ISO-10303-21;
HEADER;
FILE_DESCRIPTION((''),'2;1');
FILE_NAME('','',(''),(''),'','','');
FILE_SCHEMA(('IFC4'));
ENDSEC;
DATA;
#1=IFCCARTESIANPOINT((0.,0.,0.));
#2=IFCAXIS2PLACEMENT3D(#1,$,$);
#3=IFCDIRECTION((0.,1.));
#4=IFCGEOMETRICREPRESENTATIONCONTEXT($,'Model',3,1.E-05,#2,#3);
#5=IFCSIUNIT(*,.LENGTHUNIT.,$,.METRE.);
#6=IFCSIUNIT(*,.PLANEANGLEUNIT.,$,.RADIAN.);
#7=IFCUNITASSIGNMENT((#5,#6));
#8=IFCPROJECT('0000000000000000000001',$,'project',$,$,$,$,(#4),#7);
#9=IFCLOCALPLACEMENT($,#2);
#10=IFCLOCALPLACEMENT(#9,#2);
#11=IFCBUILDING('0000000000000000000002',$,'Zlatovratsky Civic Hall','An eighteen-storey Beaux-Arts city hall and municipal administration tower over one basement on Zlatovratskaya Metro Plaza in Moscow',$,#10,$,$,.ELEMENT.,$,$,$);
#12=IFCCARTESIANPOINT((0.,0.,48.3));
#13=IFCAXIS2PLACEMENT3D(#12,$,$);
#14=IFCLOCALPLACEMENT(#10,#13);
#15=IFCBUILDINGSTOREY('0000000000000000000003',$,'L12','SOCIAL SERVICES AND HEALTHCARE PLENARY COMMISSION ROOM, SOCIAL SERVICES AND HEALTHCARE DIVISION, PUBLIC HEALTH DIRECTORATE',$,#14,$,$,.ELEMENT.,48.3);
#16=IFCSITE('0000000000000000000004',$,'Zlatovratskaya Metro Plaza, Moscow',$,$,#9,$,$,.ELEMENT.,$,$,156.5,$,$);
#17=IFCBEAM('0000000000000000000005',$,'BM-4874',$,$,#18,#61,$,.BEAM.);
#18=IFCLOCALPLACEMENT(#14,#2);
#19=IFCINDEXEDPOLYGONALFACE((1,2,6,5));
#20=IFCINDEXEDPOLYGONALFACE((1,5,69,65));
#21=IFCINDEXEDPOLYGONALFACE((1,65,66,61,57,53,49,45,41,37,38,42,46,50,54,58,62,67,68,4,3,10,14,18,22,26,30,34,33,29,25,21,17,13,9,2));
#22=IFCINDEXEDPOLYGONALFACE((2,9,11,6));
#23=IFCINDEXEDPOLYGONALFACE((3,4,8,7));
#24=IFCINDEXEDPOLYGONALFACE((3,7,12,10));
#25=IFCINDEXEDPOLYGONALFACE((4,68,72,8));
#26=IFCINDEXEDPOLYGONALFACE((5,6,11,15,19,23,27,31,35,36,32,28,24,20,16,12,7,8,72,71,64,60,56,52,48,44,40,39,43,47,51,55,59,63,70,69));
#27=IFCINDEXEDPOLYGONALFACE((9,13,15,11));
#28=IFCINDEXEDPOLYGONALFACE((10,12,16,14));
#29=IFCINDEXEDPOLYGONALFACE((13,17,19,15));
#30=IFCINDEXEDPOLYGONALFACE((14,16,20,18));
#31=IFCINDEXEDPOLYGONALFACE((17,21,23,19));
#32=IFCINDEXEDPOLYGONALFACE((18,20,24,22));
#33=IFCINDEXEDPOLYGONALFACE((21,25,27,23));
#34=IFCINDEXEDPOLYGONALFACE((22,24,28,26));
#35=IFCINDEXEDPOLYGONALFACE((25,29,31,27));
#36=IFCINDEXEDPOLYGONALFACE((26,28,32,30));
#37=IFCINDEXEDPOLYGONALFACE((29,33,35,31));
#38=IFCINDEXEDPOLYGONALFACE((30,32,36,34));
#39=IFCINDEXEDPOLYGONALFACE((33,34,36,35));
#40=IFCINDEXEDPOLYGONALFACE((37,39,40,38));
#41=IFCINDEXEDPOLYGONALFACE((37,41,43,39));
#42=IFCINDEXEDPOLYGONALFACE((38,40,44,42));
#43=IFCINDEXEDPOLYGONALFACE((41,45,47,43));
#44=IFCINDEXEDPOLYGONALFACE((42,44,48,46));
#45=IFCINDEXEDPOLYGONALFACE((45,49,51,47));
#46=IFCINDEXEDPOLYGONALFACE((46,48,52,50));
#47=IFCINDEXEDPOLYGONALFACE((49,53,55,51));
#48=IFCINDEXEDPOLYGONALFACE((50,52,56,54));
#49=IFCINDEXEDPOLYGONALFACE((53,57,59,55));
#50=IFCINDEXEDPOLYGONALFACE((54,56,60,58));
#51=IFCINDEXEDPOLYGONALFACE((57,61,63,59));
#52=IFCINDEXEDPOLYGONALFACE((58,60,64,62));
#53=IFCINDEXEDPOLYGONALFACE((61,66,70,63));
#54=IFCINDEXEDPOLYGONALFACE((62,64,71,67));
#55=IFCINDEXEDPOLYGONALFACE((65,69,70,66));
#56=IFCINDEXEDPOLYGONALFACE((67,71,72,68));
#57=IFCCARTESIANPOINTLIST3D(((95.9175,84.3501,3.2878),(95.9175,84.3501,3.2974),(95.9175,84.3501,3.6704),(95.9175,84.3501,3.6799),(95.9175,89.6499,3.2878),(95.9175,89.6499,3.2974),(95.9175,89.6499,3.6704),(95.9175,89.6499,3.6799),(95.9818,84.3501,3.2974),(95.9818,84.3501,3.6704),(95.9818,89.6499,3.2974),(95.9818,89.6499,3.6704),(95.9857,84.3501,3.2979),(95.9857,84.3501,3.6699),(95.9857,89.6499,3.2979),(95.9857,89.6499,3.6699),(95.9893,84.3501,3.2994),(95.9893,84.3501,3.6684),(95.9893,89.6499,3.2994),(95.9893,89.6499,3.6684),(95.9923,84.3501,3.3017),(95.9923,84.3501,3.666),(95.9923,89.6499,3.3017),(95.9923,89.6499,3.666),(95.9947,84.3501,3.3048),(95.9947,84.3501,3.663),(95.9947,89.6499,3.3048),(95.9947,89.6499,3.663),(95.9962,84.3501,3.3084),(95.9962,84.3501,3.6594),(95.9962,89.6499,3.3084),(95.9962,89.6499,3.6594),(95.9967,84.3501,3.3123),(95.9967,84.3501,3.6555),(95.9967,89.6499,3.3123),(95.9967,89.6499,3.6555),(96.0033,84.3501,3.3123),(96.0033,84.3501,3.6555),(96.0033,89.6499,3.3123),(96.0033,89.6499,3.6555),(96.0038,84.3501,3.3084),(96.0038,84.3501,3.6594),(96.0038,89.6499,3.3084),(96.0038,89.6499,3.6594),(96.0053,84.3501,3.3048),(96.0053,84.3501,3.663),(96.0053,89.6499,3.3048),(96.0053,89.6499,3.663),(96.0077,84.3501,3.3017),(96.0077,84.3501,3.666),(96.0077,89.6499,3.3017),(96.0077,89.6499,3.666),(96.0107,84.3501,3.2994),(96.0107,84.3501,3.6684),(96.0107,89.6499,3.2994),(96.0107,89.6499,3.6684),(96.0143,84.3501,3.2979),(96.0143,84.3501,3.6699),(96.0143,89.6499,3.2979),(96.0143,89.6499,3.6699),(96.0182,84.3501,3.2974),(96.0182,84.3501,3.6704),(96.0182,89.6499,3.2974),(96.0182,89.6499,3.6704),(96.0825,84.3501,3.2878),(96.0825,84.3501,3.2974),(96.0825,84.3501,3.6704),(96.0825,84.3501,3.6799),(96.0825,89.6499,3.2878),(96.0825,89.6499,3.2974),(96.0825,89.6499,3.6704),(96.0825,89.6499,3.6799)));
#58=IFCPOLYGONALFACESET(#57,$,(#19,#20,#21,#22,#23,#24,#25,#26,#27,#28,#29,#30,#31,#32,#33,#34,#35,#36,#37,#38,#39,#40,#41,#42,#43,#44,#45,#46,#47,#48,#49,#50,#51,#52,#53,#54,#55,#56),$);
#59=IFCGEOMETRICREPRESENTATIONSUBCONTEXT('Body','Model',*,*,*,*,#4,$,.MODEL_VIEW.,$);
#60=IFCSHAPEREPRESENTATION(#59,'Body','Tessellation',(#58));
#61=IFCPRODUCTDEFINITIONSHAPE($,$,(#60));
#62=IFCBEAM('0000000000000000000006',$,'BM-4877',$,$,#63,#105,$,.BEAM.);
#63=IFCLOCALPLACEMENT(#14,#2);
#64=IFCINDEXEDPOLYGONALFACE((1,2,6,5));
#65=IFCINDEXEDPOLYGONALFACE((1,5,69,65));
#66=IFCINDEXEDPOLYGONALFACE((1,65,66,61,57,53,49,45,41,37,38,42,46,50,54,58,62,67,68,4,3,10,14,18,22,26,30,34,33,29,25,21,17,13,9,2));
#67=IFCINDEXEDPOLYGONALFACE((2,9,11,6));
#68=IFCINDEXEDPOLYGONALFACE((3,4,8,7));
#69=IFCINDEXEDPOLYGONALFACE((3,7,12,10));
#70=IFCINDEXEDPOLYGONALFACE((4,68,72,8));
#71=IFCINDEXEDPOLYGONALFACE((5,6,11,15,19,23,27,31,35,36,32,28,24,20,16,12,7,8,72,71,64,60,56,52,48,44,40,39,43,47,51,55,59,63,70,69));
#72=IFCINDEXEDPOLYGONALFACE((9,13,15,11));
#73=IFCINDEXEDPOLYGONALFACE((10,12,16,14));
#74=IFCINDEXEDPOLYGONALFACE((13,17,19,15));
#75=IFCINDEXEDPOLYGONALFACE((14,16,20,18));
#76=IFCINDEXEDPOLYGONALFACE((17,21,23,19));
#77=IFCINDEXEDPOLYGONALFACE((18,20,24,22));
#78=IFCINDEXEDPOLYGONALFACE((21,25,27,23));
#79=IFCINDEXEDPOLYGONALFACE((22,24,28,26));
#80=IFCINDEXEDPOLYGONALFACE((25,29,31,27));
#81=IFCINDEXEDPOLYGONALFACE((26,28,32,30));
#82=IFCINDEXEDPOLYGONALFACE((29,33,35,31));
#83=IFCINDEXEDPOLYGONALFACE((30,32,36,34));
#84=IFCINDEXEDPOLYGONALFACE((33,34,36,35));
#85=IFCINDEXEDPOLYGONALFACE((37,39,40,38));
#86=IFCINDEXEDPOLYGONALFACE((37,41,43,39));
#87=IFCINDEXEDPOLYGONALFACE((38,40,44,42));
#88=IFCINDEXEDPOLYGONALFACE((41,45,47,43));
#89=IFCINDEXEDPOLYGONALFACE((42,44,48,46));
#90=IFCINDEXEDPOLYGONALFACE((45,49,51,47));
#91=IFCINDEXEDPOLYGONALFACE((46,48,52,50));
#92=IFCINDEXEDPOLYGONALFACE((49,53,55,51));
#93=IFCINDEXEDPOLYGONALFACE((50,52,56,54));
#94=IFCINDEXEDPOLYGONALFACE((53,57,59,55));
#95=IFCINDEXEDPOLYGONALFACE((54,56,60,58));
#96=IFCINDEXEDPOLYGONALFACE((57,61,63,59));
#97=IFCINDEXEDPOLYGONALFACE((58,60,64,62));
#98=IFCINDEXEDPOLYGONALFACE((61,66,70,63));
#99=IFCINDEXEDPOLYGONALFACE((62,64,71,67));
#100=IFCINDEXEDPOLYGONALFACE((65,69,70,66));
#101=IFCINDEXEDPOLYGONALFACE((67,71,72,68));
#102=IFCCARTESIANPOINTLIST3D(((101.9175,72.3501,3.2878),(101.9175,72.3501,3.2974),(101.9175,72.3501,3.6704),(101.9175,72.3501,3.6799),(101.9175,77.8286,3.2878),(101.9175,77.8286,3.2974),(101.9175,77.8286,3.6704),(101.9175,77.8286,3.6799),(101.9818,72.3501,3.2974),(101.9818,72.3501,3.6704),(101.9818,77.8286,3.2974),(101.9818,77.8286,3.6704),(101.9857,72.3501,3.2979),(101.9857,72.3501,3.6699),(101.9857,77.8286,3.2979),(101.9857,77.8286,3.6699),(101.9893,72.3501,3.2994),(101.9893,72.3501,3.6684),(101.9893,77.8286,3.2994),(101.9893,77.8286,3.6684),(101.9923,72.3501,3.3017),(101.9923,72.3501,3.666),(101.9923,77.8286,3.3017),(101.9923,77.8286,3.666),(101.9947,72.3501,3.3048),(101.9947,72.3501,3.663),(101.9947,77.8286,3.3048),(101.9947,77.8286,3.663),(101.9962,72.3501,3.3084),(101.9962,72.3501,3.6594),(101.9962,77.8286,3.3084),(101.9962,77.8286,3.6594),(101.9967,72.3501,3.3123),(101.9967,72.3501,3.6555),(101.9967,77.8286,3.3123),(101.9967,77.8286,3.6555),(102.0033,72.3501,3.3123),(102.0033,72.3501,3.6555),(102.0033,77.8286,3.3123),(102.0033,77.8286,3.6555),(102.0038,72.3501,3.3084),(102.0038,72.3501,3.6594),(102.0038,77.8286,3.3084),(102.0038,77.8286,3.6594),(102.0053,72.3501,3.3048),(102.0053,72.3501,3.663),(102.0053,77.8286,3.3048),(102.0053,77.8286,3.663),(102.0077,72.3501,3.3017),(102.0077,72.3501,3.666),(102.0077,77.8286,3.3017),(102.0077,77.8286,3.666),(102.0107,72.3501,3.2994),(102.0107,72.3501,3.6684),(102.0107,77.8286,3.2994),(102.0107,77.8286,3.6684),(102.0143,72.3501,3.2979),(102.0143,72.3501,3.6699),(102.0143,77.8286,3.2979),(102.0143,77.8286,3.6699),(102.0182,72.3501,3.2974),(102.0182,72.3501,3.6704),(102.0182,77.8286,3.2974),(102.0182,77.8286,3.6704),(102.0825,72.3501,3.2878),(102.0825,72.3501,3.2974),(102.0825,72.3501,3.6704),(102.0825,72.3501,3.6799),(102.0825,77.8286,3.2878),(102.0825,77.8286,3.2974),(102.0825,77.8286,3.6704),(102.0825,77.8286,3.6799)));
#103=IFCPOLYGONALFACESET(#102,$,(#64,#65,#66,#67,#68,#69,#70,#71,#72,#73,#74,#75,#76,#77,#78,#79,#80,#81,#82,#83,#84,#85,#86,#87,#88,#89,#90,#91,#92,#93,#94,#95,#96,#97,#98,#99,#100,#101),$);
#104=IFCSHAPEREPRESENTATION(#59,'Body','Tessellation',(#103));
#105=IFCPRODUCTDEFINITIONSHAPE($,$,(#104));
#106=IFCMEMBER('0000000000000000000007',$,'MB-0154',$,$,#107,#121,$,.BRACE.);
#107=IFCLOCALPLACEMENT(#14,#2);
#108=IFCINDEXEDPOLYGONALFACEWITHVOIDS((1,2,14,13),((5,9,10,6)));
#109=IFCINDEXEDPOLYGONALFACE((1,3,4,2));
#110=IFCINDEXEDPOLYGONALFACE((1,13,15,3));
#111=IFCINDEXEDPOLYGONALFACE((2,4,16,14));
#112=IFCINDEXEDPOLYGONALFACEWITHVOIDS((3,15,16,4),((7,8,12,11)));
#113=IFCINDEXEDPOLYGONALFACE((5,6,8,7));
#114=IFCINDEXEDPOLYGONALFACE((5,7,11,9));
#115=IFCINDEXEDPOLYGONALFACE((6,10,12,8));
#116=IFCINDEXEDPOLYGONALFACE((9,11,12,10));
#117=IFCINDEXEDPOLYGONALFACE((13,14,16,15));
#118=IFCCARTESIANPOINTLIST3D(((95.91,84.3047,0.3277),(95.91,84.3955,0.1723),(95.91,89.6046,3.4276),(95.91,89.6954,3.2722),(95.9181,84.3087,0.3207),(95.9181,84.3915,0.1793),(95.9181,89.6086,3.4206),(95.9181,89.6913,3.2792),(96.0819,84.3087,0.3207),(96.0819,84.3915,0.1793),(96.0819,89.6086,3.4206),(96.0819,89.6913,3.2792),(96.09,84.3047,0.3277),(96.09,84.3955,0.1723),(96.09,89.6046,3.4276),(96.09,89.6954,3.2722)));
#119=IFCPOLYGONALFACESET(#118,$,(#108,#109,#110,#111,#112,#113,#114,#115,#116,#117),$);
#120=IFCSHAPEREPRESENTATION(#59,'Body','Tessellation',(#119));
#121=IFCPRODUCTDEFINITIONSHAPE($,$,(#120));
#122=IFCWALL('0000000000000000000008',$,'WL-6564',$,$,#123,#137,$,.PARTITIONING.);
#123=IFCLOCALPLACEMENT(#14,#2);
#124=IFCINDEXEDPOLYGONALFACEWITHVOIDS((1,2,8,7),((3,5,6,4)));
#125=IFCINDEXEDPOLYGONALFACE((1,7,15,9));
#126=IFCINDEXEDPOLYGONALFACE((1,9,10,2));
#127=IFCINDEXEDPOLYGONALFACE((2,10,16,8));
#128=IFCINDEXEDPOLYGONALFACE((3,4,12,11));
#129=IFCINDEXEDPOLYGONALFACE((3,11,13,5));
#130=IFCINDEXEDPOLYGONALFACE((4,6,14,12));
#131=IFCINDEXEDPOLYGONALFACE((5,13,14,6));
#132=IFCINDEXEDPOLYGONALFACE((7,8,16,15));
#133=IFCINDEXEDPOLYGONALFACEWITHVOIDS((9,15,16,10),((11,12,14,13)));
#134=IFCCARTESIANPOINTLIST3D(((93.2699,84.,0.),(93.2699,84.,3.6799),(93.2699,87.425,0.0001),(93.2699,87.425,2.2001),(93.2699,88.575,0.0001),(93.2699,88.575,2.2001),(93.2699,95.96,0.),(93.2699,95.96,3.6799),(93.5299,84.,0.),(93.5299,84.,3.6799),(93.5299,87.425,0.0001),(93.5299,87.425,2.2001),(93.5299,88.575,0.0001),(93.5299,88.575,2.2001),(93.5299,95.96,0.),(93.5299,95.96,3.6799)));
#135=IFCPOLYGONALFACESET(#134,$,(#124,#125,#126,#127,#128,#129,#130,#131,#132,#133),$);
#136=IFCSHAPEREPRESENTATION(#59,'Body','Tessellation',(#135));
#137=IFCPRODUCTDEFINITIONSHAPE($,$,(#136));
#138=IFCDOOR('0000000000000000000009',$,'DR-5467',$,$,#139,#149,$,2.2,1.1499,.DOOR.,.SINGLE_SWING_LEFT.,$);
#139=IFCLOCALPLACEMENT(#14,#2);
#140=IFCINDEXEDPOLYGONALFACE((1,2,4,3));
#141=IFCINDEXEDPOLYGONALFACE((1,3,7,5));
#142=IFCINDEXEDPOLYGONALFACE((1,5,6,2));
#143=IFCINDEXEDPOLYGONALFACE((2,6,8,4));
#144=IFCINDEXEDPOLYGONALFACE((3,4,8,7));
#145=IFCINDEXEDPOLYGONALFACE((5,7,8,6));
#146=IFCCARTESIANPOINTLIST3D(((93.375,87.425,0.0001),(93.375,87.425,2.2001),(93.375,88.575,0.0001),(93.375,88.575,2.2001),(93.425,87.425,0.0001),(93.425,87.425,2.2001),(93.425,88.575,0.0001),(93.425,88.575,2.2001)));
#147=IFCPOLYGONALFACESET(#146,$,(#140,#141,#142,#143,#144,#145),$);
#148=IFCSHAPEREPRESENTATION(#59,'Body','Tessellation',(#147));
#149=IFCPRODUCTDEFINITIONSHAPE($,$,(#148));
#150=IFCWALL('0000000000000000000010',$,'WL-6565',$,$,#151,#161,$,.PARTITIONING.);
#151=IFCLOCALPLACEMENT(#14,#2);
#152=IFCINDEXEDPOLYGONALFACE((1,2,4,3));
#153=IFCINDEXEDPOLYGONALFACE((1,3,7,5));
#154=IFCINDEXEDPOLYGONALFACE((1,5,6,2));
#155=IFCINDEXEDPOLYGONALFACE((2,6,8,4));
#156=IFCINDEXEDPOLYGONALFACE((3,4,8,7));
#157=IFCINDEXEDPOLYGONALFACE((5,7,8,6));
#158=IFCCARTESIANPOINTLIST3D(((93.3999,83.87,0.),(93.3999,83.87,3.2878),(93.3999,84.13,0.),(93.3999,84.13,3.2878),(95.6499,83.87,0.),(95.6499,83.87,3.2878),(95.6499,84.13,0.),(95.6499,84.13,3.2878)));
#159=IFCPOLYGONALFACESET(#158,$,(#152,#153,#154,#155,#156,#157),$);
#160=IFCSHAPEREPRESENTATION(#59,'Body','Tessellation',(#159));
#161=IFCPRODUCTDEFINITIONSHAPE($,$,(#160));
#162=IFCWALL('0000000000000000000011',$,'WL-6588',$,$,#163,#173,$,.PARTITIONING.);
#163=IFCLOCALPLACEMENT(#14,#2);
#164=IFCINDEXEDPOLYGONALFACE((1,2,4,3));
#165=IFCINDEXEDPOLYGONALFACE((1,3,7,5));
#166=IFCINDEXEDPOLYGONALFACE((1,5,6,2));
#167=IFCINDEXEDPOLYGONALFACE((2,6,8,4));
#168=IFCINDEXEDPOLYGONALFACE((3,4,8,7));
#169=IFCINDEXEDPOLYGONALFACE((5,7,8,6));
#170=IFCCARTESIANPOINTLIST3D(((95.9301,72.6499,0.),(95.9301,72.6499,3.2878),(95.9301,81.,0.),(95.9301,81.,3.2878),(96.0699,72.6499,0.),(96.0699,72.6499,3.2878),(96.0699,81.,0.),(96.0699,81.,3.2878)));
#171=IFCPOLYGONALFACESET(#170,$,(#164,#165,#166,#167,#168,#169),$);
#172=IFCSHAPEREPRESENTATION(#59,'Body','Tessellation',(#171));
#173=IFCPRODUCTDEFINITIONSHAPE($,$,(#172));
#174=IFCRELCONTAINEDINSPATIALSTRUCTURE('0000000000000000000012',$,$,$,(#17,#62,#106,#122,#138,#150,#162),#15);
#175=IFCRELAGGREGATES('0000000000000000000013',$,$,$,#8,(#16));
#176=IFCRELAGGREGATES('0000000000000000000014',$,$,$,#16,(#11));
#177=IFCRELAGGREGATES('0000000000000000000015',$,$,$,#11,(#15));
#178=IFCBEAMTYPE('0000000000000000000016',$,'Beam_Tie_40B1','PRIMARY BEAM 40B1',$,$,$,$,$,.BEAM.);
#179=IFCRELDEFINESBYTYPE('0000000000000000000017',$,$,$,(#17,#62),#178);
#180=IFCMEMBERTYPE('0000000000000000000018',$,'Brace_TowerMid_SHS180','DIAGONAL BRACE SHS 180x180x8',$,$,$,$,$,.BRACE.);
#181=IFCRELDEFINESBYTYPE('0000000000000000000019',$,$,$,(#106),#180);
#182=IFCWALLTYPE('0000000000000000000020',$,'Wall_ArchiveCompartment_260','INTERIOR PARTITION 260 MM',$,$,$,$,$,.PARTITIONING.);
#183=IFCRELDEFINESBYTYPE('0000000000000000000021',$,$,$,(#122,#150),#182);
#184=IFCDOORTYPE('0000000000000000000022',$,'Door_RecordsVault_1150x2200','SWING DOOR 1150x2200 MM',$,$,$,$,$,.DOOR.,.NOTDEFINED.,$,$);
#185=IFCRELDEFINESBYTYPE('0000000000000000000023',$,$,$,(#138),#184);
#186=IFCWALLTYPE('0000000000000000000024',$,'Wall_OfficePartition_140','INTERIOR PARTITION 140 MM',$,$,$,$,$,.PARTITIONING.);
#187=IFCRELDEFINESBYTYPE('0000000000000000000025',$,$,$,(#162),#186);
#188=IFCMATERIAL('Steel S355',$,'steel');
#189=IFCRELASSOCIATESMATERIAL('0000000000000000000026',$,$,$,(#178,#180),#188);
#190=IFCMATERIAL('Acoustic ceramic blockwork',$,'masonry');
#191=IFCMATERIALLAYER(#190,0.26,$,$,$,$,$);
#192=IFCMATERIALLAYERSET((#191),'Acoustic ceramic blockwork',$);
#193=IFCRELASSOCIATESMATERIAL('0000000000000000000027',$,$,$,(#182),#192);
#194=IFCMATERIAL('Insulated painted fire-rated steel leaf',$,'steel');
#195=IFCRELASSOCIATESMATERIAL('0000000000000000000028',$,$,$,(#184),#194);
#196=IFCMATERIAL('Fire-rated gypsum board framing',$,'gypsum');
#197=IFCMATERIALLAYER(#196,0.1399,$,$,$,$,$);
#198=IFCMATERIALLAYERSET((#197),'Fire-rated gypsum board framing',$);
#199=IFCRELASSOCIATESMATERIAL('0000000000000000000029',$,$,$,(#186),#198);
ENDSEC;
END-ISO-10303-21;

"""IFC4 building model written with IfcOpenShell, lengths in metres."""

from ifc_helpers import new_model, si_unit, direction, frame, frame_2d, origin, origin_2d, place, context, subcontext, project, spatial, rectangle, hollow_rectangle, i_section, extrude, material, layer, layer_set, material_profile, profile_set, type_object, element, fill, save


model = new_model("IFC4")

# Units and contexts
model_context = context("Model", 3, precision=1e-05, world=origin(), true_north=direction((0.0, 1.0)))
body_context = subcontext(model_context, "Body", "Model", "MODEL_VIEW")
ifc_project = project(units=[si_unit("LENGTHUNIT", "METRE"), si_unit("PLANEANGLEUNIT", "RADIAN")], contexts=[model_context])

# Site, building, storey
site_placement = place(None, origin())
site = spatial("IfcSite", under=ifc_project, at=site_placement, Name="Zlatovratskaya Metro Plaza, Moscow", CompositionType="ELEMENT", RefElevation=156.5)
building_placement = place(site_placement, origin())
building = spatial("IfcBuilding", under=site, at=building_placement, Name="Zlatovratsky Civic Hall", Description="An eighteen-storey Beaux-Arts city hall and municipal administration tower over one basement on Zlatovratskaya Metro Plaza in Moscow", CompositionType="ELEMENT")
storey_placement = place(building_placement, frame((0.0, 0.0, 48.3)))
storey = spatial("IfcBuildingStorey", under=building, at=storey_placement, Name="L12", Description="SOCIAL SERVICES AND HEALTHCARE PLENARY COMMISSION ROOM, SOCIAL SERVICES AND HEALTHCARE DIVISION, PUBLIC HEALTH DIRECTORATE", CompositionType="ELEMENT", Elevation=48.3)

# Shared definitions
ifc_material_1 = material(Name="Steel S355", Category="steel")

# Beams
ifc_material_profile_1 = material_profile(ifc_material_1, i_section(OverallWidth=0.165, OverallDepth=0.3921, WebThickness=0.0066, FlangeThickness=0.0095, FilletRadius=0.0149, at=origin_2d()), Name="40B1")
ifc_profile_set_1 = profile_set([ifc_material_profile_1], Name="Steel S355")
beam_type_1 = type_object("IfcBeamType", Name="Beam_Tie_40B1", Description="PRIMARY BEAM 40B1", PredefinedType="BEAM", material=ifc_profile_set_1)
beam_1_placement = place(storey_placement, frame((96.0, 84.3501, 3.4839), z_axis=(0.0, 1.0, 0.0), x_axis=(-1.0, 0.0, 0.0)))
element("IfcBeam", 1, at=beam_1_placement, inside=storey, type_object=beam_type_1, Name="BM-4874", PredefinedType="BEAM", context=body_context, shape_type="SweptSolid", body=[
    extrude(i_section(OverallWidth=0.165, OverallDepth=0.3921, WebThickness=0.0066, FlangeThickness=0.0095, FilletRadius=0.0149, at=origin_2d()), origin(), (0.0, 0.0, 1.0), 5.2998),
])
beam_2_placement = place(storey_placement, frame((102.0, 72.3501, 3.4839), z_axis=(0.0, 1.0, 0.0), x_axis=(-1.0, 0.0, 0.0)))
element("IfcBeam", 2, at=beam_2_placement, inside=storey, type_object=beam_type_1, Name="BM-4877", PredefinedType="BEAM", context=body_context, shape_type="SweptSolid", body=[
    extrude(i_section(OverallWidth=0.165, OverallDepth=0.3921, WebThickness=0.0066, FlangeThickness=0.0095, FilletRadius=0.0149, at=origin_2d()), origin(), (0.0, 0.0, 1.0), 5.4785),
])

# Member
ifc_material_profile_2 = material_profile(ifc_material_1, hollow_rectangle(XDim=0.1799, YDim=0.1799, WallThickness=0.0081, at=origin_2d()), Name="SHS 180x180x8")
ifc_profile_set_2 = profile_set([ifc_material_profile_2], Name="Steel S355")
member_type = type_object("IfcMemberType", Name="Brace_TowerMid_SHS180", Description="DIAGONAL BRACE SHS 180x180x8", PredefinedType="BRACE", material=ifc_profile_set_2)
member_placement = place(storey_placement, frame((96.0, 84.3501, 0.25), z_axis=(0.0, 0.86319, 0.504879), x_axis=(-1.0, 0.0, 0.0)))
element("IfcMember", 3, at=member_placement, inside=storey, type_object=member_type, Name="MB-0154", PredefinedType="BRACE", context=body_context, shape_type="SweptSolid", body=[
    extrude(hollow_rectangle(XDim=0.1799, YDim=0.1799, WallThickness=0.0081, at=origin_2d()), origin(), (0.0, 0.0, 1.0), 6.1399),
])

# Wall, opening, door
ifc_material_2 = material(Name="Acoustic ceramic blockwork", Category="masonry")
ifc_layer_1 = layer(ifc_material_2, 0.26)
ifc_layer_set_1 = layer_set([ifc_layer_1], Name="Acoustic ceramic blockwork")
wall_type_1 = type_object("IfcWallType", Name="Wall_ArchiveCompartment_260", Description="INTERIOR PARTITION 260 MM", PredefinedType="PARTITIONING", material=ifc_layer_set_1)
wall_1_placement = place(storey_placement, frame((93.3999, 84.0, 0.0), z_axis=(0.0, 0.0, 1.0), x_axis=(0.0, 1.0, 0.0)))
wall_1 = element("IfcWall", 4, at=wall_1_placement, inside=storey, type_object=wall_type_1, Name="WL-6564", PredefinedType="PARTITIONING", context=body_context, shape_type="SweptSolid", body=[
    extrude(rectangle(XDim=11.96, YDim=0.26, at=frame_2d((5.98, 0.0))), origin(), (0.0, 0.0, 1.0), 3.6799),
])
opening_1_placement = place(wall_1_placement, frame((3.425, 0.0, 0.0)))
opening_1 = element("IfcOpeningElement", 5, at=opening_1_placement, cuts=wall_1, PredefinedType="OPENING", context=body_context, shape_type="SweptSolid", body=[
    extrude(rectangle(XDim=1.1499, YDim=2.2, at=frame_2d((0.575, 1.1001))), frame((0.0, 0.145, 0.0), z_axis=(0.0, -1.0, 0.0), x_axis=(1.0, 0.0, 0.0)), (0.0, 0.0, 1.0), 0.2898),
])
ifc_material_3 = material(Name="Insulated painted fire-rated steel leaf", Category="steel")
door_type_1 = type_object("IfcDoorType", Name="Door_RecordsVault_1150x2200", Description="SWING DOOR 1150x2200 MM", OperationType="NOTDEFINED", PredefinedType="DOOR", material=ifc_material_3)
door_1_placement = place(opening_1_placement, origin())
door_1 = element("IfcDoor", 6, at=door_1_placement, inside=storey, type_object=door_type_1, Name="DR-5467", OperationType="SINGLE_SWING_LEFT", OverallHeight=2.2, OverallWidth=1.1499, PredefinedType="DOOR", context=body_context, shape_type="SweptSolid", body=[
    extrude(rectangle(XDim=1.1499, YDim=2.2, at=frame_2d((0.575, 1.1001))), frame((0.0, 0.0249, 0.0), z_axis=(0.0, -1.0, 0.0), x_axis=(1.0, 0.0, 0.0)), (0.0, 0.0, 1.0), 0.05),
])
fill(opening_1, door_1)

# Walls
wall_2_placement = place(storey_placement, frame((93.3999, 84.0, 0.0), z_axis=(0.0, 0.0, 1.0), x_axis=(1.0, 0.0, 0.0)))
element("IfcWall", 7, at=wall_2_placement, inside=storey, type_object=wall_type_1, Name="WL-6565", PredefinedType="PARTITIONING", context=body_context, shape_type="SweptSolid", body=[
    extrude(rectangle(XDim=2.25, YDim=0.26, at=frame_2d((1.125, 0.0))), origin(), (0.0, 0.0, 1.0), 3.2878),
])
ifc_material_4 = material(Name="Fire-rated gypsum board framing", Category="gypsum")
ifc_layer_2 = layer(ifc_material_4, 0.1399)
ifc_layer_set_2 = layer_set([ifc_layer_2], Name="Fire-rated gypsum board framing")
wall_type_2 = type_object("IfcWallType", Name="Wall_OfficePartition_140", Description="INTERIOR PARTITION 140 MM", PredefinedType="PARTITIONING", material=ifc_layer_set_2)
wall_3_placement = place(storey_placement, frame((96.0, 72.6499, 0.0), z_axis=(0.0, 0.0, 1.0), x_axis=(0.0, 1.0, 0.0)))
element("IfcWall", 8, at=wall_3_placement, inside=storey, type_object=wall_type_2, Name="WL-6588", PredefinedType="PARTITIONING", context=body_context, shape_type="SweptSolid", body=[
    extrude(rectangle(XDim=8.3501, YDim=0.1399, at=frame_2d((4.175, 0.0))), origin(), (0.0, 0.0, 1.0), 3.2878),
])

save(model, "model.ifc")
